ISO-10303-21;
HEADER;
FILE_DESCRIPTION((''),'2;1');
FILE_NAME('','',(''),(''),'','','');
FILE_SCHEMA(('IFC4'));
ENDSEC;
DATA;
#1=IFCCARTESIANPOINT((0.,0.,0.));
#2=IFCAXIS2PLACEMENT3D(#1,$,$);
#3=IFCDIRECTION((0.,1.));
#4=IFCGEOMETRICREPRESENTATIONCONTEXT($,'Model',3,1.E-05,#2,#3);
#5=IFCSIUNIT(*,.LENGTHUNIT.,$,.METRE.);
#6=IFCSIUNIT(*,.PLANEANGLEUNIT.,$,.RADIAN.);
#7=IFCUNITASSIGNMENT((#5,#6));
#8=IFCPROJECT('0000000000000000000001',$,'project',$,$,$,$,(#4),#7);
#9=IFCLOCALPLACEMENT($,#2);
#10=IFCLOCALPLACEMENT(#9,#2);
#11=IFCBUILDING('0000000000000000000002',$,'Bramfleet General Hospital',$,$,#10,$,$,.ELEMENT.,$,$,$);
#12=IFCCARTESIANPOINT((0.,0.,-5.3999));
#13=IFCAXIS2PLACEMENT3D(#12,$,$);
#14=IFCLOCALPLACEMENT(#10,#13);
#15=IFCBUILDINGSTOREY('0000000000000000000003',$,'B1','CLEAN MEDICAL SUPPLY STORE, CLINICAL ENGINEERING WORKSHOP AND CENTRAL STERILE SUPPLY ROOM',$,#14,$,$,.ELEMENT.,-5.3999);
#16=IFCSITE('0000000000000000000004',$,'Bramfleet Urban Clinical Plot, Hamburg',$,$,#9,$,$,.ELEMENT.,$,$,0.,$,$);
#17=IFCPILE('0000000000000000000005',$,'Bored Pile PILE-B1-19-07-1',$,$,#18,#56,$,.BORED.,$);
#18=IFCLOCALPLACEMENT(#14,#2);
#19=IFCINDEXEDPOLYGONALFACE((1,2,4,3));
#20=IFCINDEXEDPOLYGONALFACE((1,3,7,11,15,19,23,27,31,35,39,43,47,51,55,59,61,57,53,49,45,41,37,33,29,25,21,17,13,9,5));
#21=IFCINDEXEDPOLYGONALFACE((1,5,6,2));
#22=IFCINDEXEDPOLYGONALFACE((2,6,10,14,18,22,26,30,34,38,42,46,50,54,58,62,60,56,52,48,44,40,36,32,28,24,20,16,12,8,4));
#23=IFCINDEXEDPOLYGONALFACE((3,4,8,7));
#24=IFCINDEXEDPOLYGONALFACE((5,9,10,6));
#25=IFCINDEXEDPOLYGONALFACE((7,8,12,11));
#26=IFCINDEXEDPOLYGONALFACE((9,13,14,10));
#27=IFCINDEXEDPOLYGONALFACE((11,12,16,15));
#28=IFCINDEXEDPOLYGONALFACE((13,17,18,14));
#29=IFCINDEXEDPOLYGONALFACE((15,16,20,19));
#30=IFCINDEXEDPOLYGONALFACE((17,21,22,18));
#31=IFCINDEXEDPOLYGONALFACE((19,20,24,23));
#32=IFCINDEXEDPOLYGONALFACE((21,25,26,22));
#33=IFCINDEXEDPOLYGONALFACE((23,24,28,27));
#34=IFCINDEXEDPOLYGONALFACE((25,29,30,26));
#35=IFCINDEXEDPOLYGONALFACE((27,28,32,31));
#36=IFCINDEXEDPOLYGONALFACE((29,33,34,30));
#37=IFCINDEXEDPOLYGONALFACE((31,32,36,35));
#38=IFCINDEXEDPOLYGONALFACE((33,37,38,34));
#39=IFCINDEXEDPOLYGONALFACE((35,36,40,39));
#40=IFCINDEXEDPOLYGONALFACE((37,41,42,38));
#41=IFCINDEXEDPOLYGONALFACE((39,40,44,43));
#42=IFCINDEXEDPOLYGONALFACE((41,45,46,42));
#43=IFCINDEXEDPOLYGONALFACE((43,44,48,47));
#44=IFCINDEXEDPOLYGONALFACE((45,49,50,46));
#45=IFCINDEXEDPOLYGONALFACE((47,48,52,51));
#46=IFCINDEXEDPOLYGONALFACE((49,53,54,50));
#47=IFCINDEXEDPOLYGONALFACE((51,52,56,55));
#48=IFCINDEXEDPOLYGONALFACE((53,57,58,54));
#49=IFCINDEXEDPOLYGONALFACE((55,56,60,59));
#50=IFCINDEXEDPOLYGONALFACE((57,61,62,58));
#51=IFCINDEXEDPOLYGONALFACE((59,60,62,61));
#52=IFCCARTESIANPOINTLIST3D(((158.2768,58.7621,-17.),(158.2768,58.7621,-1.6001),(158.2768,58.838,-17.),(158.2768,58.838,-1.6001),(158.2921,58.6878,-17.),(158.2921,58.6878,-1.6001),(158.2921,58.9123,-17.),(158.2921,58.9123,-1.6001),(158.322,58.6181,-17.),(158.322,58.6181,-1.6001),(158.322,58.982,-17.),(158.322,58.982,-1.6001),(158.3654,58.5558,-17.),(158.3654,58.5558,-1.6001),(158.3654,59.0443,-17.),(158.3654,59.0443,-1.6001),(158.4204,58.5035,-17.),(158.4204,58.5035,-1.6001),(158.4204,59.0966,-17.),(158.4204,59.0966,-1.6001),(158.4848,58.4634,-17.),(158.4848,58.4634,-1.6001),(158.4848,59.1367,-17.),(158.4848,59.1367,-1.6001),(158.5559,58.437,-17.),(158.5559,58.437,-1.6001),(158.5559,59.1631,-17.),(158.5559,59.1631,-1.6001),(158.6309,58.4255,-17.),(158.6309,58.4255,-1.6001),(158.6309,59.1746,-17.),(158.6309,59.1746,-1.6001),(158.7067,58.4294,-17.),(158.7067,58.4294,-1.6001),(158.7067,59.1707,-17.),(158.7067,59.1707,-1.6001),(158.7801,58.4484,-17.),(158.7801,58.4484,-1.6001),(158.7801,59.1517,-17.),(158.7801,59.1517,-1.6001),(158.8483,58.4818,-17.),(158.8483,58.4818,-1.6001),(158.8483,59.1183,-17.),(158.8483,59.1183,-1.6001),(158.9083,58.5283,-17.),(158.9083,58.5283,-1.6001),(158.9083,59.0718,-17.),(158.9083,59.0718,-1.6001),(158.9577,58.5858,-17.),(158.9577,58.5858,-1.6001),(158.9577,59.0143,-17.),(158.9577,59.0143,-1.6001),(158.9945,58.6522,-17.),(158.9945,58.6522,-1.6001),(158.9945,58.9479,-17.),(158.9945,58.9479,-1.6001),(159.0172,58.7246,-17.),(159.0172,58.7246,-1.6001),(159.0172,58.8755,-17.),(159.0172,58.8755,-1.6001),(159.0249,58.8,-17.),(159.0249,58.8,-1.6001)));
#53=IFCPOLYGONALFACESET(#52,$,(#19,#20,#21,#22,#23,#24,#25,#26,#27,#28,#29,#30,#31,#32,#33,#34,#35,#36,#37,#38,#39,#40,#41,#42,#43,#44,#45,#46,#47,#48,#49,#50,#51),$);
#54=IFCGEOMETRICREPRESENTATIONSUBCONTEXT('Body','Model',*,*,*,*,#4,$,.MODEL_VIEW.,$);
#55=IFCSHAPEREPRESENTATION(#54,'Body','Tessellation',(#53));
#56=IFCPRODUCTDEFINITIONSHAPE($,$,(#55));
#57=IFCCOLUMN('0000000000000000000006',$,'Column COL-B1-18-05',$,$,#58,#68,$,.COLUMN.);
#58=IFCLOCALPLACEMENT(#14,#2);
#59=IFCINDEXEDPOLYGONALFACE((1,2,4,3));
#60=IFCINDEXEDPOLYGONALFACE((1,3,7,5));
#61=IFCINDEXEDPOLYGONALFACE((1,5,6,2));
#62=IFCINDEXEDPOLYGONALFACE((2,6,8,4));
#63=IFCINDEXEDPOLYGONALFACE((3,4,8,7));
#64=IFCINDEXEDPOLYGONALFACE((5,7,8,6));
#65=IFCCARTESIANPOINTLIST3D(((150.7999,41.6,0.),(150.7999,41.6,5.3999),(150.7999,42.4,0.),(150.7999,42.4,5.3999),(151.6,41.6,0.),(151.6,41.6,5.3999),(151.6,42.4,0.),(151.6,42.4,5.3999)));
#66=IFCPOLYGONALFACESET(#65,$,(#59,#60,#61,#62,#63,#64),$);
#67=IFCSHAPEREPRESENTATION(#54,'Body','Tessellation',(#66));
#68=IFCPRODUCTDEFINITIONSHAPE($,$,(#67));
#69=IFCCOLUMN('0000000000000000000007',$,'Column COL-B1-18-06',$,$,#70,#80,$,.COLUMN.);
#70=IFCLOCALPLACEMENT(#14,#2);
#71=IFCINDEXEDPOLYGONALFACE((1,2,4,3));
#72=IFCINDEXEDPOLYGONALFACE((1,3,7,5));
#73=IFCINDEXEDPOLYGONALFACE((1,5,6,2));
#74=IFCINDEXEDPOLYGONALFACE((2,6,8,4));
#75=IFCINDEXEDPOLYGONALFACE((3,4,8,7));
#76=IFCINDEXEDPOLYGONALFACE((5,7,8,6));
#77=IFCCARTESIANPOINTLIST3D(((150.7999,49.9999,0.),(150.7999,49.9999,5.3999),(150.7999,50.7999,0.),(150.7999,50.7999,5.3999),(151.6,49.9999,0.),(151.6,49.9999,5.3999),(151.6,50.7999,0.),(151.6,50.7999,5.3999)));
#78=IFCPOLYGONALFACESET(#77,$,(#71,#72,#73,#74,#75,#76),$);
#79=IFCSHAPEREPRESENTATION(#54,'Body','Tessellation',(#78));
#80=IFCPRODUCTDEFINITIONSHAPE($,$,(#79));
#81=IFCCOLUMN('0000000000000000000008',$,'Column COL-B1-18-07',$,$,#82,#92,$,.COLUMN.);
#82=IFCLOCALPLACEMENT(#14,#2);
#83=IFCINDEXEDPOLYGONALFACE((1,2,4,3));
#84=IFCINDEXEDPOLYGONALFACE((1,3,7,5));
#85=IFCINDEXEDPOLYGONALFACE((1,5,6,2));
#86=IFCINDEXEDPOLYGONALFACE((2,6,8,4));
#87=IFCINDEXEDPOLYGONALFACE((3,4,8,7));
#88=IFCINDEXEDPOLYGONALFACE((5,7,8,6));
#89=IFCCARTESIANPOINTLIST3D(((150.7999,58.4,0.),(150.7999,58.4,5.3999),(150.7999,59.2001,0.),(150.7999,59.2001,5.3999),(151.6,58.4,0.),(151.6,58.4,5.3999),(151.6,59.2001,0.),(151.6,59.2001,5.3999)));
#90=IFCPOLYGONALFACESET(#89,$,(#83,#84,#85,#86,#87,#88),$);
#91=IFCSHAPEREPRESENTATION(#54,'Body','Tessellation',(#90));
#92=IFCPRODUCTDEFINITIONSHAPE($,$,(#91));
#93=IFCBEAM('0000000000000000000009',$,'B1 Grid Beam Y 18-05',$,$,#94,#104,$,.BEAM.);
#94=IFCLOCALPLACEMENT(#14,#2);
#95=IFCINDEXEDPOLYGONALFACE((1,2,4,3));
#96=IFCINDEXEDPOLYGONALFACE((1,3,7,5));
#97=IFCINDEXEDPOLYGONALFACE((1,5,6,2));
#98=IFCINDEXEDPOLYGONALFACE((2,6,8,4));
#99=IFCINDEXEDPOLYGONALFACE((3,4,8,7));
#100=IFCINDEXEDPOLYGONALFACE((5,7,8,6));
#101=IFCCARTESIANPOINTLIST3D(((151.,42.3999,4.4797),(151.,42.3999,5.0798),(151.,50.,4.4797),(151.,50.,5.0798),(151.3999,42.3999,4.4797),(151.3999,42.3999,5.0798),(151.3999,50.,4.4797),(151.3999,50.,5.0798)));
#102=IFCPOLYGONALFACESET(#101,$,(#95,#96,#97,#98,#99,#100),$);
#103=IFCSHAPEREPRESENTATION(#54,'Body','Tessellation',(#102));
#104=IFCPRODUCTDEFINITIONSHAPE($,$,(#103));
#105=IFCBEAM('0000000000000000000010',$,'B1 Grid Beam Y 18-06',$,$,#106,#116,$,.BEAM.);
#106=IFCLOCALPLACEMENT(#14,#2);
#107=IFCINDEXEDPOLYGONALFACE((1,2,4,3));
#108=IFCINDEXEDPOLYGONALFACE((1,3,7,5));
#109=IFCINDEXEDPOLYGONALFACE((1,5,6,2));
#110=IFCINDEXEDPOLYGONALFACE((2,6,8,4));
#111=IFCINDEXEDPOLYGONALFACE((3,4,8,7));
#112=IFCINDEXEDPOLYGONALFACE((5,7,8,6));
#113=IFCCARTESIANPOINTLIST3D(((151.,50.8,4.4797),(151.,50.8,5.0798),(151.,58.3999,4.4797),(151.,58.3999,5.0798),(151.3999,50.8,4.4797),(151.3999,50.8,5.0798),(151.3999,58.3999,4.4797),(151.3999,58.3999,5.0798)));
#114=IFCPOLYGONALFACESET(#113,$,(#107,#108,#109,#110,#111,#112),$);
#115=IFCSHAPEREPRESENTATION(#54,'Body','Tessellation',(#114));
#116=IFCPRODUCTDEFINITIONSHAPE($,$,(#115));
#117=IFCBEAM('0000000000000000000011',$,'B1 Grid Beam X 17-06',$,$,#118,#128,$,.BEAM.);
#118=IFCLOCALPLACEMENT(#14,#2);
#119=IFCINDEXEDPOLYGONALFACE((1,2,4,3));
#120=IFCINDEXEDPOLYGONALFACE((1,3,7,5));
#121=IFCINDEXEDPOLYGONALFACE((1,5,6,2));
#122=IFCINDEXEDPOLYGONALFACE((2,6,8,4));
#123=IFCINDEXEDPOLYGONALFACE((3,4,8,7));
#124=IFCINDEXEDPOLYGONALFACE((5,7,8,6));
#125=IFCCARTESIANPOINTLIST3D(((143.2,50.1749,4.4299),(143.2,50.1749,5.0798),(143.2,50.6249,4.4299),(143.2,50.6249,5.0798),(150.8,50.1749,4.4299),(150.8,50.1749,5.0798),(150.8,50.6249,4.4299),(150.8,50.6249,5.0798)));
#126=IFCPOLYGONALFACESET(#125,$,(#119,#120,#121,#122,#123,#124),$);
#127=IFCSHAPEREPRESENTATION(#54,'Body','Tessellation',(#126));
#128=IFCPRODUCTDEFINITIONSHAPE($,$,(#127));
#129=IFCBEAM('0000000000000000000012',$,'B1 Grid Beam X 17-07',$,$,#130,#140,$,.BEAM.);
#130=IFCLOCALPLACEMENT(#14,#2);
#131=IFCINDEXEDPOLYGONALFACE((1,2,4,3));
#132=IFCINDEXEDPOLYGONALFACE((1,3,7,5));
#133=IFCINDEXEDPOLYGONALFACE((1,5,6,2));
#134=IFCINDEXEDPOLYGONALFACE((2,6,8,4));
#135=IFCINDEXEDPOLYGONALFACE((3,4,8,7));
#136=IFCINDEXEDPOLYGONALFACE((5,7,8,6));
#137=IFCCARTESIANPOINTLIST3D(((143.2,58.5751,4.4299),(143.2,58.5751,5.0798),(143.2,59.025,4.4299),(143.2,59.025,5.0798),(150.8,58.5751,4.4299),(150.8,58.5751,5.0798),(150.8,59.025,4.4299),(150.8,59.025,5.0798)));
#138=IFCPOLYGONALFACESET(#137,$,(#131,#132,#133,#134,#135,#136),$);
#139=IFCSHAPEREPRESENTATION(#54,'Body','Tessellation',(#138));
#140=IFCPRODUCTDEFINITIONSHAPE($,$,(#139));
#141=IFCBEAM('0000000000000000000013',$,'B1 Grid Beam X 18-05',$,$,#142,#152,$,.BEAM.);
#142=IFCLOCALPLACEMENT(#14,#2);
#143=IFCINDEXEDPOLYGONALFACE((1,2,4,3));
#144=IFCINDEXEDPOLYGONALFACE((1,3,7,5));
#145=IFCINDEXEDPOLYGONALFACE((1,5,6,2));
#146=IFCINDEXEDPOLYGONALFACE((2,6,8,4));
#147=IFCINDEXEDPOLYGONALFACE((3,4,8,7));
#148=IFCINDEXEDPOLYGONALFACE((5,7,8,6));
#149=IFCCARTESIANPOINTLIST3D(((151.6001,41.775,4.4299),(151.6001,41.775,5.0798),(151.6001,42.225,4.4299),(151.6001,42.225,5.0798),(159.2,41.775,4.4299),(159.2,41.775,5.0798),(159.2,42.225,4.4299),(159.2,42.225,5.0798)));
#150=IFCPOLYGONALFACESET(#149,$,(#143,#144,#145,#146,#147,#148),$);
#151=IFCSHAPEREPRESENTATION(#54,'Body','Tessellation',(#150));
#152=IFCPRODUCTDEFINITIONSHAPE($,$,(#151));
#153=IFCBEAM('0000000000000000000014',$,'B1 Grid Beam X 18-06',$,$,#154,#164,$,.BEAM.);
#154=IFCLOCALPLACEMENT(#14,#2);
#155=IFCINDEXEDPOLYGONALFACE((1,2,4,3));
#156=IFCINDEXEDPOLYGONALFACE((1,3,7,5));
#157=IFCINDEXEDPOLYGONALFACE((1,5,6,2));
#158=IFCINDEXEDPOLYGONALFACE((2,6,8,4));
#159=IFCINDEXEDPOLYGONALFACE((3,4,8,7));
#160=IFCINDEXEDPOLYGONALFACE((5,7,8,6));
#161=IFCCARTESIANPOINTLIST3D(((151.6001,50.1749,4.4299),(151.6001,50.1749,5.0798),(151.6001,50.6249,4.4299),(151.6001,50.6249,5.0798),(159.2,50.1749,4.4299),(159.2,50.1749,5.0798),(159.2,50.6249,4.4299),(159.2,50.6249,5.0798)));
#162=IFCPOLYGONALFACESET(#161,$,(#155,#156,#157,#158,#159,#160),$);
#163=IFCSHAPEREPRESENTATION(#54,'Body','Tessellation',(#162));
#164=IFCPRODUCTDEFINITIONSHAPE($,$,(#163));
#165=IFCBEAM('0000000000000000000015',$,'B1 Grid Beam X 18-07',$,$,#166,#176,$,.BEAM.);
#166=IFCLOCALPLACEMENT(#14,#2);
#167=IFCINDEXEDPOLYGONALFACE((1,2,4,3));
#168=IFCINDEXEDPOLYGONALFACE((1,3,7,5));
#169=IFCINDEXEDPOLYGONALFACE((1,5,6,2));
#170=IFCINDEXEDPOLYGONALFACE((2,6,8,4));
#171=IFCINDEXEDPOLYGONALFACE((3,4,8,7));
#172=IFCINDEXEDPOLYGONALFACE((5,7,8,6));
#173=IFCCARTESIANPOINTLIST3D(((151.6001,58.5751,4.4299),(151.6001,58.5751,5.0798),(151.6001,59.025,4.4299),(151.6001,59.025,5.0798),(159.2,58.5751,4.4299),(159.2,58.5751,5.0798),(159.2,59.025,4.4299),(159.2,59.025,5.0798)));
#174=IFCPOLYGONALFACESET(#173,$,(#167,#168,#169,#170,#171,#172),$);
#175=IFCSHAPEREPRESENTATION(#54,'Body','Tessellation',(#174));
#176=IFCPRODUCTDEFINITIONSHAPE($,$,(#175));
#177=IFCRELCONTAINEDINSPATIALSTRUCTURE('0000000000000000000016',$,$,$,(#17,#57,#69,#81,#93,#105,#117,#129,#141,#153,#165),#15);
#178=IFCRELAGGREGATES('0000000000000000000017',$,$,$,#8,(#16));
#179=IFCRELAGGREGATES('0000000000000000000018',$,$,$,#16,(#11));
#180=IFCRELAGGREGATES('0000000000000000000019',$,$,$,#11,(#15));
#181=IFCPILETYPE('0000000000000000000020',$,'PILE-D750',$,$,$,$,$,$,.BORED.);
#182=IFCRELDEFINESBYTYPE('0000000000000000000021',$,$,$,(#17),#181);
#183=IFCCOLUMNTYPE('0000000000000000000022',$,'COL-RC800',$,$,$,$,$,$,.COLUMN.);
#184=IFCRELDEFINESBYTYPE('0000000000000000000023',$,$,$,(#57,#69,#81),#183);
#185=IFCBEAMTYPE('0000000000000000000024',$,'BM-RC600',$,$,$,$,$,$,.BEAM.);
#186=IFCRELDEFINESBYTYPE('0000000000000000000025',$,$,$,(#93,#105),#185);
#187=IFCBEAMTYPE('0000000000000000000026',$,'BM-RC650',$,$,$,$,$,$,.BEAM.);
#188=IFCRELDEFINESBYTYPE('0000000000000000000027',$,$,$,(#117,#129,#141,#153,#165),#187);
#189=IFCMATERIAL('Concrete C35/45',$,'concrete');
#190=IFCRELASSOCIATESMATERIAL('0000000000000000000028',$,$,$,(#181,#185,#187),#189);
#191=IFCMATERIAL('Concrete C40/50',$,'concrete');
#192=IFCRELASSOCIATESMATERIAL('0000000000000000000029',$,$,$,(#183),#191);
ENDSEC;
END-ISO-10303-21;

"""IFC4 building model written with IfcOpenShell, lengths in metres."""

from ifc_helpers import new_model, si_unit, direction, frame, origin, origin_2d, place, context, subcontext, project, spatial, rectangle, circle, extrude, material, material_profile, profile_set, type_object, element, save


model = new_model("IFC4")

# Units and contexts
model_context = context("Model", 3, precision=1e-05, world=origin(), true_north=direction((0.0, 1.0)))
body_context = subcontext(model_context, "Body", "Model", "MODEL_VIEW")
ifc_project = project(units=[si_unit("LENGTHUNIT", "METRE"), si_unit("PLANEANGLEUNIT", "RADIAN")], contexts=[model_context])

# Site, building, storey
site_placement = place(None, origin())
site = spatial("IfcSite", under=ifc_project, at=site_placement, Name="Bramfleet Urban Clinical Plot, Hamburg", CompositionType="ELEMENT", RefElevation=0.0)
building_placement = place(site_placement, origin())
building = spatial("IfcBuilding", under=site, at=building_placement, Name="Bramfleet General Hospital", CompositionType="ELEMENT")
storey_placement = place(building_placement, frame((0.0, 0.0, -5.3999)))
storey = spatial("IfcBuildingStorey", under=building, at=storey_placement, Name="B1", Description="CLEAN MEDICAL SUPPLY STORE, CLINICAL ENGINEERING WORKSHOP AND CENTRAL STERILE SUPPLY ROOM", CompositionType="ELEMENT", Elevation=-5.3999)

# Shared definitions
ifc_material_1 = material(Name="Concrete C35/45", Category="concrete")

# Pile
ifc_material_profile_1 = material_profile(ifc_material_1, circle(Radius=0.375, at=origin_2d()), Name="PILE BORED D750")
ifc_profile_set_1 = profile_set([ifc_material_profile_1], Name="Concrete C35/45")
pile_type = type_object("IfcPileType", Name="PILE-D750", PredefinedType="BORED", material=ifc_profile_set_1)
for number, where, z_axis, x_axis, name in (
    (1, (158.6499, 58.8, -1.6001), (0.0, 0.0, -1.0), (1.0, 0.0, 0.0), "Bored Pile PILE-B1-19-07-1"),
):
    element("IfcPile", number, at=place(storey_placement, frame(where, z_axis=z_axis, x_axis=x_axis)), inside=storey, type_object=pile_type, Name=name, PredefinedType="BORED", context=body_context, shape_type="SweptSolid", body=[
        extrude(circle(Radius=0.375, at=origin_2d()), origin(), (0.0, 0.0, 1.0), 15.3999),
    ])

# Columns
ifc_material_2 = material(Name="Concrete C40/50", Category="concrete")
ifc_material_profile_2 = material_profile(ifc_material_2, rectangle(XDim=0.8, YDim=0.8, at=origin_2d()), Name="RC COL 800x800")
ifc_profile_set_2 = profile_set([ifc_material_profile_2], Name="Concrete C40/50")
column_type = type_object("IfcColumnType", Name="COL-RC800", PredefinedType="COLUMN", material=ifc_profile_set_2)
for number, where, z_axis, x_axis, name in (
    (2, (151.2, 42.0, 0.0), (0.0, 0.0, 1.0), (1.0, 0.0, 0.0), "Column COL-B1-18-05"),
    (3, (151.2, 50.3999, 0.0), (0.0, 0.0, 1.0), (1.0, 0.0, 0.0), "Column COL-B1-18-06"),
    (4, (151.2, 58.8, 0.0), (0.0, 0.0, 1.0), (1.0, 0.0, 0.0), "Column COL-B1-18-07"),
):
    element("IfcColumn", number, at=place(storey_placement, frame(where, z_axis=z_axis, x_axis=x_axis)), inside=storey, type_object=column_type, Name=name, PredefinedType="COLUMN", context=body_context, shape_type="SweptSolid", body=[
        extrude(rectangle(XDim=0.8, YDim=0.8, at=origin_2d()), origin(), (0.0, 0.0, 1.0), 5.3999),
    ])

# Beams
ifc_material_profile_3 = material_profile(ifc_material_1, rectangle(XDim=0.3999, YDim=0.6001, at=origin_2d()), Name="RC BM 600x400")
ifc_profile_set_3 = profile_set([ifc_material_profile_3], Name="Concrete C35/45")
beam_type_1 = type_object("IfcBeamType", Name="BM-RC600", PredefinedType="BEAM", material=ifc_profile_set_3)
beam_1_placement = place(storey_placement, frame((151.2, 42.3999, 4.7798), z_axis=(0.0, 1.0, 0.0), x_axis=(-1.0, 0.0, 0.0)))
element("IfcBeam", 5, at=beam_1_placement, inside=storey, type_object=beam_type_1, Name="B1 Grid Beam Y 18-05", PredefinedType="BEAM", context=body_context, shape_type="SweptSolid", body=[
    extrude(rectangle(XDim=0.3999, YDim=0.6001, at=origin_2d()), origin(), (0.0, 0.0, 1.0), 7.6001),
])
beam_2_placement = place(storey_placement, frame((151.2, 50.8, 4.7798), z_axis=(0.0, 1.0, 0.0), x_axis=(-1.0, 0.0, 0.0)))
element("IfcBeam", 6, at=beam_2_placement, inside=storey, type_object=beam_type_1, Name="B1 Grid Beam Y 18-06", PredefinedType="BEAM", context=body_context, shape_type="SweptSolid", body=[
    extrude(rectangle(XDim=0.3999, YDim=0.6001, at=origin_2d()), origin(), (0.0, 0.0, 1.0), 7.5999),
])
ifc_material_profile_4 = material_profile(ifc_material_1, rectangle(XDim=0.45, YDim=0.6499, at=origin_2d()), Name="RC BM 650x450")
ifc_profile_set_4 = profile_set([ifc_material_profile_4], Name="Concrete C35/45")
beam_type_2 = type_object("IfcBeamType", Name="BM-RC650", PredefinedType="BEAM", material=ifc_profile_set_4)
for number, where, z_axis, x_axis, name in (
    (7, (143.2, 50.3999, 4.7549), (1.0, 0.0, 0.0), (0.0, 1.0, 0.0), "B1 Grid Beam X 17-06"),
    (8, (143.2, 58.8, 4.7549), (1.0, 0.0, 0.0), (0.0, 1.0, 0.0), "B1 Grid Beam X 17-07"),
):
    element("IfcBeam", number, at=place(storey_placement, frame(where, z_axis=z_axis, x_axis=x_axis)), inside=storey, type_object=beam_type_2, Name=name, PredefinedType="BEAM", context=body_context, shape_type="SweptSolid", body=[
        extrude(rectangle(XDim=0.45, YDim=0.6499, at=origin_2d()), origin(), (0.0, 0.0, 1.0), 7.6001),
    ])
for number, where, z_axis, x_axis, name in (
    (9, (151.6001, 42.0, 4.7549), (1.0, 0.0, 0.0), (0.0, 1.0, 0.0), "B1 Grid Beam X 18-05"),
    (10, (151.6001, 50.3999, 4.7549), (1.0, 0.0, 0.0), (0.0, 1.0, 0.0), "B1 Grid Beam X 18-06"),
    (11, (151.6001, 58.8, 4.7549), (1.0, 0.0, 0.0), (0.0, 1.0, 0.0), "B1 Grid Beam X 18-07"),
):
    element("IfcBeam", number, at=place(storey_placement, frame(where, z_axis=z_axis, x_axis=x_axis)), inside=storey, type_object=beam_type_2, Name=name, PredefinedType="BEAM", context=body_context, shape_type="SweptSolid", body=[
        extrude(rectangle(XDim=0.45, YDim=0.6499, at=origin_2d()), origin(), (0.0, 0.0, 1.0), 7.5999),
    ])

save(model, "model.ifc")
